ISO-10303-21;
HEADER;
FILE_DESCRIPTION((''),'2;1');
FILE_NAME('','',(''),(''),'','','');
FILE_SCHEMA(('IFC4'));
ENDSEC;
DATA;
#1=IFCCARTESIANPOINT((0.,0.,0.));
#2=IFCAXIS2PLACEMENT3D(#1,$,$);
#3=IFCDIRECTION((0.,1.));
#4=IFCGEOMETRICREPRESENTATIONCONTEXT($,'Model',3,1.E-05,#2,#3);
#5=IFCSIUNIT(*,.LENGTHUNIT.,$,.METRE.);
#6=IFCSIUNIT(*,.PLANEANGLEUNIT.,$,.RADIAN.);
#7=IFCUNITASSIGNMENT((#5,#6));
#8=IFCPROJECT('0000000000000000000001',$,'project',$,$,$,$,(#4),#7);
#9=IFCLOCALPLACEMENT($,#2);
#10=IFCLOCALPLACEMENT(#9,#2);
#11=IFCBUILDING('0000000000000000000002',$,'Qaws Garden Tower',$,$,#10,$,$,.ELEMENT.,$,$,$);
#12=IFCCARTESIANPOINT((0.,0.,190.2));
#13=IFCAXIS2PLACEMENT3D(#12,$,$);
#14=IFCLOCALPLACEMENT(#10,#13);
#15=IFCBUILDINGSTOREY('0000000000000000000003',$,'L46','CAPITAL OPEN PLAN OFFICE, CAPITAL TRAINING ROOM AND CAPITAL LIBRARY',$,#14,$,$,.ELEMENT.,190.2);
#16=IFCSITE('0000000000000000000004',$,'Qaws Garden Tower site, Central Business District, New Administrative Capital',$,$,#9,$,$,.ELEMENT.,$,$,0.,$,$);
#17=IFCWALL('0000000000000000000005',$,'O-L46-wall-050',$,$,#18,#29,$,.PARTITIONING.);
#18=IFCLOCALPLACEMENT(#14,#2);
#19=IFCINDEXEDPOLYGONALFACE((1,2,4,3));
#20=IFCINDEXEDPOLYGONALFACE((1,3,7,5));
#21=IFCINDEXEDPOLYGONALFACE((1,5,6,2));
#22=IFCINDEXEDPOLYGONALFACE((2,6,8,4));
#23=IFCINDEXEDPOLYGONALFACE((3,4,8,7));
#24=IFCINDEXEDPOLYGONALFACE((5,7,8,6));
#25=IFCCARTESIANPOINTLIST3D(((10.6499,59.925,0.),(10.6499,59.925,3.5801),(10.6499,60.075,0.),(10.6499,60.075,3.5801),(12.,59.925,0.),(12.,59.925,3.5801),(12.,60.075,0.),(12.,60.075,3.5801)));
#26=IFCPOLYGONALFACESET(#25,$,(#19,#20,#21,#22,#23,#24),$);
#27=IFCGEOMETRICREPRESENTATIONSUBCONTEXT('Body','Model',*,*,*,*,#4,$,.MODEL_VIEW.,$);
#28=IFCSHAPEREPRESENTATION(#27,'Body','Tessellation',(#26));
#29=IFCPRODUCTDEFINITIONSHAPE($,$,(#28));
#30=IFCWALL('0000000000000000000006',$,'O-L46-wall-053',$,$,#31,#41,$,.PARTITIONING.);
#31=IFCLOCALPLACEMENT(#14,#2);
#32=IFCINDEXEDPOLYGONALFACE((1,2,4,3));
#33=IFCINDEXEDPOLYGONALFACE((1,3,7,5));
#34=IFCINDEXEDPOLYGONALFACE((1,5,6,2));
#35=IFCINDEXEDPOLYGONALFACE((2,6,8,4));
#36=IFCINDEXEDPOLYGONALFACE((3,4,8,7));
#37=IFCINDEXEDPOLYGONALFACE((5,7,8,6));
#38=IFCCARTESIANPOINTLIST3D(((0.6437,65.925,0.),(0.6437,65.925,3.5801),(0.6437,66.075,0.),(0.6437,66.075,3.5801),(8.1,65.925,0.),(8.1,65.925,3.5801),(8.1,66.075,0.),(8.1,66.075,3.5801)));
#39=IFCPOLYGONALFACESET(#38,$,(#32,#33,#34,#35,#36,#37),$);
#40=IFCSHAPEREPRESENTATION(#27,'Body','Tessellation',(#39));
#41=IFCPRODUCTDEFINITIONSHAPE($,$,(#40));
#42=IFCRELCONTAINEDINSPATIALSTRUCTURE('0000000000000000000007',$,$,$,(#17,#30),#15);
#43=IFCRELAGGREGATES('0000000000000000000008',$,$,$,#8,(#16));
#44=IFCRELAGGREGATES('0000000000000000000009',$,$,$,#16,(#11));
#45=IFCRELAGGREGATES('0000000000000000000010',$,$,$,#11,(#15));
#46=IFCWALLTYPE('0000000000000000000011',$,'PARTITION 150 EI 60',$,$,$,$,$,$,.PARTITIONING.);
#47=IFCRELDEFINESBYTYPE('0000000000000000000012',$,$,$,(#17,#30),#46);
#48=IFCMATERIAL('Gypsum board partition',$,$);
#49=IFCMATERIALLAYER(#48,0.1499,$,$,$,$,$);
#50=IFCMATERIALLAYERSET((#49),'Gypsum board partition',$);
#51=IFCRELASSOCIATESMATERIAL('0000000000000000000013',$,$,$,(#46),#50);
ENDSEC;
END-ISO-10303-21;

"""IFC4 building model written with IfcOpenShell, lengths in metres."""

from ifc_helpers import new_model, si_unit, direction, frame, frame_2d, origin, place, context, subcontext, project, spatial, rectangle, extrude, material, layer, layer_set, type_object, element, save


model = new_model("IFC4")

# Units and contexts
model_context = context("Model", 3, precision=1e-05, world=origin(), true_north=direction((0.0, 1.0)))
body_context = subcontext(model_context, "Body", "Model", "MODEL_VIEW")
ifc_project = project(units=[si_unit("LENGTHUNIT", "METRE"), si_unit("PLANEANGLEUNIT", "RADIAN")], contexts=[model_context])

# Site, building, storey
site_placement = place(None, origin())
site = spatial("IfcSite", under=ifc_project, at=site_placement, Name="Qaws Garden Tower site, Central Business District, New Administrative Capital", CompositionType="ELEMENT", RefElevation=0.0)
building_placement = place(site_placement, origin())
building = spatial("IfcBuilding", under=site, at=building_placement, Name="Qaws Garden Tower", CompositionType="ELEMENT")
storey_placement = place(building_placement, frame((0.0, 0.0, 190.2)))
storey = spatial("IfcBuildingStorey", under=building, at=storey_placement, Name="L46", Description="CAPITAL OPEN PLAN OFFICE, CAPITAL TRAINING ROOM AND CAPITAL LIBRARY", CompositionType="ELEMENT", Elevation=190.2)

# Shared definitions
ifc_material_1 = material(Name="Gypsum board partition")
ifc_layer_1 = layer(ifc_material_1, 0.1499)
ifc_layer_set_1 = layer_set([ifc_layer_1], Name="Gypsum board partition")
wall_type_1 = type_object("IfcWallType", Name="PARTITION 150 EI 60", PredefinedType="PARTITIONING", material=ifc_layer_set_1)

# Walls
wall_1_placement = place(storey_placement, frame((10.6499, 60.0, 0.0), z_axis=(0.0, 0.0, 1.0), x_axis=(1.0, 0.0, 0.0)))
element("IfcWall", 1, at=wall_1_placement, inside=storey, type_object=wall_type_1, Name="O-L46-wall-050", PredefinedType="PARTITIONING", context=body_context, shape_type="SweptSolid", body=[
    extrude(rectangle(XDim=1.3501, YDim=0.1499, at=frame_2d((0.675, 0.0))), origin(), (0.0, 0.0, 1.0), 3.5801),
])
wall_2_placement = place(storey_placement, frame((0.6438, 66.0, 0.0), z_axis=(0.0, 0.0, 1.0), x_axis=(1.0, 0.0, 0.0)))
element("IfcWall", 2, at=wall_2_placement, inside=storey, type_object=wall_type_1, Name="O-L46-wall-053", PredefinedType="PARTITIONING", context=body_context, shape_type="SweptSolid", body=[
    extrude(rectangle(XDim=7.4563, YDim=0.1499, at=frame_2d((3.728, 0.0))), origin(), (0.0, 0.0, 1.0), 3.5801),
])

save(model, "model.ifc")
